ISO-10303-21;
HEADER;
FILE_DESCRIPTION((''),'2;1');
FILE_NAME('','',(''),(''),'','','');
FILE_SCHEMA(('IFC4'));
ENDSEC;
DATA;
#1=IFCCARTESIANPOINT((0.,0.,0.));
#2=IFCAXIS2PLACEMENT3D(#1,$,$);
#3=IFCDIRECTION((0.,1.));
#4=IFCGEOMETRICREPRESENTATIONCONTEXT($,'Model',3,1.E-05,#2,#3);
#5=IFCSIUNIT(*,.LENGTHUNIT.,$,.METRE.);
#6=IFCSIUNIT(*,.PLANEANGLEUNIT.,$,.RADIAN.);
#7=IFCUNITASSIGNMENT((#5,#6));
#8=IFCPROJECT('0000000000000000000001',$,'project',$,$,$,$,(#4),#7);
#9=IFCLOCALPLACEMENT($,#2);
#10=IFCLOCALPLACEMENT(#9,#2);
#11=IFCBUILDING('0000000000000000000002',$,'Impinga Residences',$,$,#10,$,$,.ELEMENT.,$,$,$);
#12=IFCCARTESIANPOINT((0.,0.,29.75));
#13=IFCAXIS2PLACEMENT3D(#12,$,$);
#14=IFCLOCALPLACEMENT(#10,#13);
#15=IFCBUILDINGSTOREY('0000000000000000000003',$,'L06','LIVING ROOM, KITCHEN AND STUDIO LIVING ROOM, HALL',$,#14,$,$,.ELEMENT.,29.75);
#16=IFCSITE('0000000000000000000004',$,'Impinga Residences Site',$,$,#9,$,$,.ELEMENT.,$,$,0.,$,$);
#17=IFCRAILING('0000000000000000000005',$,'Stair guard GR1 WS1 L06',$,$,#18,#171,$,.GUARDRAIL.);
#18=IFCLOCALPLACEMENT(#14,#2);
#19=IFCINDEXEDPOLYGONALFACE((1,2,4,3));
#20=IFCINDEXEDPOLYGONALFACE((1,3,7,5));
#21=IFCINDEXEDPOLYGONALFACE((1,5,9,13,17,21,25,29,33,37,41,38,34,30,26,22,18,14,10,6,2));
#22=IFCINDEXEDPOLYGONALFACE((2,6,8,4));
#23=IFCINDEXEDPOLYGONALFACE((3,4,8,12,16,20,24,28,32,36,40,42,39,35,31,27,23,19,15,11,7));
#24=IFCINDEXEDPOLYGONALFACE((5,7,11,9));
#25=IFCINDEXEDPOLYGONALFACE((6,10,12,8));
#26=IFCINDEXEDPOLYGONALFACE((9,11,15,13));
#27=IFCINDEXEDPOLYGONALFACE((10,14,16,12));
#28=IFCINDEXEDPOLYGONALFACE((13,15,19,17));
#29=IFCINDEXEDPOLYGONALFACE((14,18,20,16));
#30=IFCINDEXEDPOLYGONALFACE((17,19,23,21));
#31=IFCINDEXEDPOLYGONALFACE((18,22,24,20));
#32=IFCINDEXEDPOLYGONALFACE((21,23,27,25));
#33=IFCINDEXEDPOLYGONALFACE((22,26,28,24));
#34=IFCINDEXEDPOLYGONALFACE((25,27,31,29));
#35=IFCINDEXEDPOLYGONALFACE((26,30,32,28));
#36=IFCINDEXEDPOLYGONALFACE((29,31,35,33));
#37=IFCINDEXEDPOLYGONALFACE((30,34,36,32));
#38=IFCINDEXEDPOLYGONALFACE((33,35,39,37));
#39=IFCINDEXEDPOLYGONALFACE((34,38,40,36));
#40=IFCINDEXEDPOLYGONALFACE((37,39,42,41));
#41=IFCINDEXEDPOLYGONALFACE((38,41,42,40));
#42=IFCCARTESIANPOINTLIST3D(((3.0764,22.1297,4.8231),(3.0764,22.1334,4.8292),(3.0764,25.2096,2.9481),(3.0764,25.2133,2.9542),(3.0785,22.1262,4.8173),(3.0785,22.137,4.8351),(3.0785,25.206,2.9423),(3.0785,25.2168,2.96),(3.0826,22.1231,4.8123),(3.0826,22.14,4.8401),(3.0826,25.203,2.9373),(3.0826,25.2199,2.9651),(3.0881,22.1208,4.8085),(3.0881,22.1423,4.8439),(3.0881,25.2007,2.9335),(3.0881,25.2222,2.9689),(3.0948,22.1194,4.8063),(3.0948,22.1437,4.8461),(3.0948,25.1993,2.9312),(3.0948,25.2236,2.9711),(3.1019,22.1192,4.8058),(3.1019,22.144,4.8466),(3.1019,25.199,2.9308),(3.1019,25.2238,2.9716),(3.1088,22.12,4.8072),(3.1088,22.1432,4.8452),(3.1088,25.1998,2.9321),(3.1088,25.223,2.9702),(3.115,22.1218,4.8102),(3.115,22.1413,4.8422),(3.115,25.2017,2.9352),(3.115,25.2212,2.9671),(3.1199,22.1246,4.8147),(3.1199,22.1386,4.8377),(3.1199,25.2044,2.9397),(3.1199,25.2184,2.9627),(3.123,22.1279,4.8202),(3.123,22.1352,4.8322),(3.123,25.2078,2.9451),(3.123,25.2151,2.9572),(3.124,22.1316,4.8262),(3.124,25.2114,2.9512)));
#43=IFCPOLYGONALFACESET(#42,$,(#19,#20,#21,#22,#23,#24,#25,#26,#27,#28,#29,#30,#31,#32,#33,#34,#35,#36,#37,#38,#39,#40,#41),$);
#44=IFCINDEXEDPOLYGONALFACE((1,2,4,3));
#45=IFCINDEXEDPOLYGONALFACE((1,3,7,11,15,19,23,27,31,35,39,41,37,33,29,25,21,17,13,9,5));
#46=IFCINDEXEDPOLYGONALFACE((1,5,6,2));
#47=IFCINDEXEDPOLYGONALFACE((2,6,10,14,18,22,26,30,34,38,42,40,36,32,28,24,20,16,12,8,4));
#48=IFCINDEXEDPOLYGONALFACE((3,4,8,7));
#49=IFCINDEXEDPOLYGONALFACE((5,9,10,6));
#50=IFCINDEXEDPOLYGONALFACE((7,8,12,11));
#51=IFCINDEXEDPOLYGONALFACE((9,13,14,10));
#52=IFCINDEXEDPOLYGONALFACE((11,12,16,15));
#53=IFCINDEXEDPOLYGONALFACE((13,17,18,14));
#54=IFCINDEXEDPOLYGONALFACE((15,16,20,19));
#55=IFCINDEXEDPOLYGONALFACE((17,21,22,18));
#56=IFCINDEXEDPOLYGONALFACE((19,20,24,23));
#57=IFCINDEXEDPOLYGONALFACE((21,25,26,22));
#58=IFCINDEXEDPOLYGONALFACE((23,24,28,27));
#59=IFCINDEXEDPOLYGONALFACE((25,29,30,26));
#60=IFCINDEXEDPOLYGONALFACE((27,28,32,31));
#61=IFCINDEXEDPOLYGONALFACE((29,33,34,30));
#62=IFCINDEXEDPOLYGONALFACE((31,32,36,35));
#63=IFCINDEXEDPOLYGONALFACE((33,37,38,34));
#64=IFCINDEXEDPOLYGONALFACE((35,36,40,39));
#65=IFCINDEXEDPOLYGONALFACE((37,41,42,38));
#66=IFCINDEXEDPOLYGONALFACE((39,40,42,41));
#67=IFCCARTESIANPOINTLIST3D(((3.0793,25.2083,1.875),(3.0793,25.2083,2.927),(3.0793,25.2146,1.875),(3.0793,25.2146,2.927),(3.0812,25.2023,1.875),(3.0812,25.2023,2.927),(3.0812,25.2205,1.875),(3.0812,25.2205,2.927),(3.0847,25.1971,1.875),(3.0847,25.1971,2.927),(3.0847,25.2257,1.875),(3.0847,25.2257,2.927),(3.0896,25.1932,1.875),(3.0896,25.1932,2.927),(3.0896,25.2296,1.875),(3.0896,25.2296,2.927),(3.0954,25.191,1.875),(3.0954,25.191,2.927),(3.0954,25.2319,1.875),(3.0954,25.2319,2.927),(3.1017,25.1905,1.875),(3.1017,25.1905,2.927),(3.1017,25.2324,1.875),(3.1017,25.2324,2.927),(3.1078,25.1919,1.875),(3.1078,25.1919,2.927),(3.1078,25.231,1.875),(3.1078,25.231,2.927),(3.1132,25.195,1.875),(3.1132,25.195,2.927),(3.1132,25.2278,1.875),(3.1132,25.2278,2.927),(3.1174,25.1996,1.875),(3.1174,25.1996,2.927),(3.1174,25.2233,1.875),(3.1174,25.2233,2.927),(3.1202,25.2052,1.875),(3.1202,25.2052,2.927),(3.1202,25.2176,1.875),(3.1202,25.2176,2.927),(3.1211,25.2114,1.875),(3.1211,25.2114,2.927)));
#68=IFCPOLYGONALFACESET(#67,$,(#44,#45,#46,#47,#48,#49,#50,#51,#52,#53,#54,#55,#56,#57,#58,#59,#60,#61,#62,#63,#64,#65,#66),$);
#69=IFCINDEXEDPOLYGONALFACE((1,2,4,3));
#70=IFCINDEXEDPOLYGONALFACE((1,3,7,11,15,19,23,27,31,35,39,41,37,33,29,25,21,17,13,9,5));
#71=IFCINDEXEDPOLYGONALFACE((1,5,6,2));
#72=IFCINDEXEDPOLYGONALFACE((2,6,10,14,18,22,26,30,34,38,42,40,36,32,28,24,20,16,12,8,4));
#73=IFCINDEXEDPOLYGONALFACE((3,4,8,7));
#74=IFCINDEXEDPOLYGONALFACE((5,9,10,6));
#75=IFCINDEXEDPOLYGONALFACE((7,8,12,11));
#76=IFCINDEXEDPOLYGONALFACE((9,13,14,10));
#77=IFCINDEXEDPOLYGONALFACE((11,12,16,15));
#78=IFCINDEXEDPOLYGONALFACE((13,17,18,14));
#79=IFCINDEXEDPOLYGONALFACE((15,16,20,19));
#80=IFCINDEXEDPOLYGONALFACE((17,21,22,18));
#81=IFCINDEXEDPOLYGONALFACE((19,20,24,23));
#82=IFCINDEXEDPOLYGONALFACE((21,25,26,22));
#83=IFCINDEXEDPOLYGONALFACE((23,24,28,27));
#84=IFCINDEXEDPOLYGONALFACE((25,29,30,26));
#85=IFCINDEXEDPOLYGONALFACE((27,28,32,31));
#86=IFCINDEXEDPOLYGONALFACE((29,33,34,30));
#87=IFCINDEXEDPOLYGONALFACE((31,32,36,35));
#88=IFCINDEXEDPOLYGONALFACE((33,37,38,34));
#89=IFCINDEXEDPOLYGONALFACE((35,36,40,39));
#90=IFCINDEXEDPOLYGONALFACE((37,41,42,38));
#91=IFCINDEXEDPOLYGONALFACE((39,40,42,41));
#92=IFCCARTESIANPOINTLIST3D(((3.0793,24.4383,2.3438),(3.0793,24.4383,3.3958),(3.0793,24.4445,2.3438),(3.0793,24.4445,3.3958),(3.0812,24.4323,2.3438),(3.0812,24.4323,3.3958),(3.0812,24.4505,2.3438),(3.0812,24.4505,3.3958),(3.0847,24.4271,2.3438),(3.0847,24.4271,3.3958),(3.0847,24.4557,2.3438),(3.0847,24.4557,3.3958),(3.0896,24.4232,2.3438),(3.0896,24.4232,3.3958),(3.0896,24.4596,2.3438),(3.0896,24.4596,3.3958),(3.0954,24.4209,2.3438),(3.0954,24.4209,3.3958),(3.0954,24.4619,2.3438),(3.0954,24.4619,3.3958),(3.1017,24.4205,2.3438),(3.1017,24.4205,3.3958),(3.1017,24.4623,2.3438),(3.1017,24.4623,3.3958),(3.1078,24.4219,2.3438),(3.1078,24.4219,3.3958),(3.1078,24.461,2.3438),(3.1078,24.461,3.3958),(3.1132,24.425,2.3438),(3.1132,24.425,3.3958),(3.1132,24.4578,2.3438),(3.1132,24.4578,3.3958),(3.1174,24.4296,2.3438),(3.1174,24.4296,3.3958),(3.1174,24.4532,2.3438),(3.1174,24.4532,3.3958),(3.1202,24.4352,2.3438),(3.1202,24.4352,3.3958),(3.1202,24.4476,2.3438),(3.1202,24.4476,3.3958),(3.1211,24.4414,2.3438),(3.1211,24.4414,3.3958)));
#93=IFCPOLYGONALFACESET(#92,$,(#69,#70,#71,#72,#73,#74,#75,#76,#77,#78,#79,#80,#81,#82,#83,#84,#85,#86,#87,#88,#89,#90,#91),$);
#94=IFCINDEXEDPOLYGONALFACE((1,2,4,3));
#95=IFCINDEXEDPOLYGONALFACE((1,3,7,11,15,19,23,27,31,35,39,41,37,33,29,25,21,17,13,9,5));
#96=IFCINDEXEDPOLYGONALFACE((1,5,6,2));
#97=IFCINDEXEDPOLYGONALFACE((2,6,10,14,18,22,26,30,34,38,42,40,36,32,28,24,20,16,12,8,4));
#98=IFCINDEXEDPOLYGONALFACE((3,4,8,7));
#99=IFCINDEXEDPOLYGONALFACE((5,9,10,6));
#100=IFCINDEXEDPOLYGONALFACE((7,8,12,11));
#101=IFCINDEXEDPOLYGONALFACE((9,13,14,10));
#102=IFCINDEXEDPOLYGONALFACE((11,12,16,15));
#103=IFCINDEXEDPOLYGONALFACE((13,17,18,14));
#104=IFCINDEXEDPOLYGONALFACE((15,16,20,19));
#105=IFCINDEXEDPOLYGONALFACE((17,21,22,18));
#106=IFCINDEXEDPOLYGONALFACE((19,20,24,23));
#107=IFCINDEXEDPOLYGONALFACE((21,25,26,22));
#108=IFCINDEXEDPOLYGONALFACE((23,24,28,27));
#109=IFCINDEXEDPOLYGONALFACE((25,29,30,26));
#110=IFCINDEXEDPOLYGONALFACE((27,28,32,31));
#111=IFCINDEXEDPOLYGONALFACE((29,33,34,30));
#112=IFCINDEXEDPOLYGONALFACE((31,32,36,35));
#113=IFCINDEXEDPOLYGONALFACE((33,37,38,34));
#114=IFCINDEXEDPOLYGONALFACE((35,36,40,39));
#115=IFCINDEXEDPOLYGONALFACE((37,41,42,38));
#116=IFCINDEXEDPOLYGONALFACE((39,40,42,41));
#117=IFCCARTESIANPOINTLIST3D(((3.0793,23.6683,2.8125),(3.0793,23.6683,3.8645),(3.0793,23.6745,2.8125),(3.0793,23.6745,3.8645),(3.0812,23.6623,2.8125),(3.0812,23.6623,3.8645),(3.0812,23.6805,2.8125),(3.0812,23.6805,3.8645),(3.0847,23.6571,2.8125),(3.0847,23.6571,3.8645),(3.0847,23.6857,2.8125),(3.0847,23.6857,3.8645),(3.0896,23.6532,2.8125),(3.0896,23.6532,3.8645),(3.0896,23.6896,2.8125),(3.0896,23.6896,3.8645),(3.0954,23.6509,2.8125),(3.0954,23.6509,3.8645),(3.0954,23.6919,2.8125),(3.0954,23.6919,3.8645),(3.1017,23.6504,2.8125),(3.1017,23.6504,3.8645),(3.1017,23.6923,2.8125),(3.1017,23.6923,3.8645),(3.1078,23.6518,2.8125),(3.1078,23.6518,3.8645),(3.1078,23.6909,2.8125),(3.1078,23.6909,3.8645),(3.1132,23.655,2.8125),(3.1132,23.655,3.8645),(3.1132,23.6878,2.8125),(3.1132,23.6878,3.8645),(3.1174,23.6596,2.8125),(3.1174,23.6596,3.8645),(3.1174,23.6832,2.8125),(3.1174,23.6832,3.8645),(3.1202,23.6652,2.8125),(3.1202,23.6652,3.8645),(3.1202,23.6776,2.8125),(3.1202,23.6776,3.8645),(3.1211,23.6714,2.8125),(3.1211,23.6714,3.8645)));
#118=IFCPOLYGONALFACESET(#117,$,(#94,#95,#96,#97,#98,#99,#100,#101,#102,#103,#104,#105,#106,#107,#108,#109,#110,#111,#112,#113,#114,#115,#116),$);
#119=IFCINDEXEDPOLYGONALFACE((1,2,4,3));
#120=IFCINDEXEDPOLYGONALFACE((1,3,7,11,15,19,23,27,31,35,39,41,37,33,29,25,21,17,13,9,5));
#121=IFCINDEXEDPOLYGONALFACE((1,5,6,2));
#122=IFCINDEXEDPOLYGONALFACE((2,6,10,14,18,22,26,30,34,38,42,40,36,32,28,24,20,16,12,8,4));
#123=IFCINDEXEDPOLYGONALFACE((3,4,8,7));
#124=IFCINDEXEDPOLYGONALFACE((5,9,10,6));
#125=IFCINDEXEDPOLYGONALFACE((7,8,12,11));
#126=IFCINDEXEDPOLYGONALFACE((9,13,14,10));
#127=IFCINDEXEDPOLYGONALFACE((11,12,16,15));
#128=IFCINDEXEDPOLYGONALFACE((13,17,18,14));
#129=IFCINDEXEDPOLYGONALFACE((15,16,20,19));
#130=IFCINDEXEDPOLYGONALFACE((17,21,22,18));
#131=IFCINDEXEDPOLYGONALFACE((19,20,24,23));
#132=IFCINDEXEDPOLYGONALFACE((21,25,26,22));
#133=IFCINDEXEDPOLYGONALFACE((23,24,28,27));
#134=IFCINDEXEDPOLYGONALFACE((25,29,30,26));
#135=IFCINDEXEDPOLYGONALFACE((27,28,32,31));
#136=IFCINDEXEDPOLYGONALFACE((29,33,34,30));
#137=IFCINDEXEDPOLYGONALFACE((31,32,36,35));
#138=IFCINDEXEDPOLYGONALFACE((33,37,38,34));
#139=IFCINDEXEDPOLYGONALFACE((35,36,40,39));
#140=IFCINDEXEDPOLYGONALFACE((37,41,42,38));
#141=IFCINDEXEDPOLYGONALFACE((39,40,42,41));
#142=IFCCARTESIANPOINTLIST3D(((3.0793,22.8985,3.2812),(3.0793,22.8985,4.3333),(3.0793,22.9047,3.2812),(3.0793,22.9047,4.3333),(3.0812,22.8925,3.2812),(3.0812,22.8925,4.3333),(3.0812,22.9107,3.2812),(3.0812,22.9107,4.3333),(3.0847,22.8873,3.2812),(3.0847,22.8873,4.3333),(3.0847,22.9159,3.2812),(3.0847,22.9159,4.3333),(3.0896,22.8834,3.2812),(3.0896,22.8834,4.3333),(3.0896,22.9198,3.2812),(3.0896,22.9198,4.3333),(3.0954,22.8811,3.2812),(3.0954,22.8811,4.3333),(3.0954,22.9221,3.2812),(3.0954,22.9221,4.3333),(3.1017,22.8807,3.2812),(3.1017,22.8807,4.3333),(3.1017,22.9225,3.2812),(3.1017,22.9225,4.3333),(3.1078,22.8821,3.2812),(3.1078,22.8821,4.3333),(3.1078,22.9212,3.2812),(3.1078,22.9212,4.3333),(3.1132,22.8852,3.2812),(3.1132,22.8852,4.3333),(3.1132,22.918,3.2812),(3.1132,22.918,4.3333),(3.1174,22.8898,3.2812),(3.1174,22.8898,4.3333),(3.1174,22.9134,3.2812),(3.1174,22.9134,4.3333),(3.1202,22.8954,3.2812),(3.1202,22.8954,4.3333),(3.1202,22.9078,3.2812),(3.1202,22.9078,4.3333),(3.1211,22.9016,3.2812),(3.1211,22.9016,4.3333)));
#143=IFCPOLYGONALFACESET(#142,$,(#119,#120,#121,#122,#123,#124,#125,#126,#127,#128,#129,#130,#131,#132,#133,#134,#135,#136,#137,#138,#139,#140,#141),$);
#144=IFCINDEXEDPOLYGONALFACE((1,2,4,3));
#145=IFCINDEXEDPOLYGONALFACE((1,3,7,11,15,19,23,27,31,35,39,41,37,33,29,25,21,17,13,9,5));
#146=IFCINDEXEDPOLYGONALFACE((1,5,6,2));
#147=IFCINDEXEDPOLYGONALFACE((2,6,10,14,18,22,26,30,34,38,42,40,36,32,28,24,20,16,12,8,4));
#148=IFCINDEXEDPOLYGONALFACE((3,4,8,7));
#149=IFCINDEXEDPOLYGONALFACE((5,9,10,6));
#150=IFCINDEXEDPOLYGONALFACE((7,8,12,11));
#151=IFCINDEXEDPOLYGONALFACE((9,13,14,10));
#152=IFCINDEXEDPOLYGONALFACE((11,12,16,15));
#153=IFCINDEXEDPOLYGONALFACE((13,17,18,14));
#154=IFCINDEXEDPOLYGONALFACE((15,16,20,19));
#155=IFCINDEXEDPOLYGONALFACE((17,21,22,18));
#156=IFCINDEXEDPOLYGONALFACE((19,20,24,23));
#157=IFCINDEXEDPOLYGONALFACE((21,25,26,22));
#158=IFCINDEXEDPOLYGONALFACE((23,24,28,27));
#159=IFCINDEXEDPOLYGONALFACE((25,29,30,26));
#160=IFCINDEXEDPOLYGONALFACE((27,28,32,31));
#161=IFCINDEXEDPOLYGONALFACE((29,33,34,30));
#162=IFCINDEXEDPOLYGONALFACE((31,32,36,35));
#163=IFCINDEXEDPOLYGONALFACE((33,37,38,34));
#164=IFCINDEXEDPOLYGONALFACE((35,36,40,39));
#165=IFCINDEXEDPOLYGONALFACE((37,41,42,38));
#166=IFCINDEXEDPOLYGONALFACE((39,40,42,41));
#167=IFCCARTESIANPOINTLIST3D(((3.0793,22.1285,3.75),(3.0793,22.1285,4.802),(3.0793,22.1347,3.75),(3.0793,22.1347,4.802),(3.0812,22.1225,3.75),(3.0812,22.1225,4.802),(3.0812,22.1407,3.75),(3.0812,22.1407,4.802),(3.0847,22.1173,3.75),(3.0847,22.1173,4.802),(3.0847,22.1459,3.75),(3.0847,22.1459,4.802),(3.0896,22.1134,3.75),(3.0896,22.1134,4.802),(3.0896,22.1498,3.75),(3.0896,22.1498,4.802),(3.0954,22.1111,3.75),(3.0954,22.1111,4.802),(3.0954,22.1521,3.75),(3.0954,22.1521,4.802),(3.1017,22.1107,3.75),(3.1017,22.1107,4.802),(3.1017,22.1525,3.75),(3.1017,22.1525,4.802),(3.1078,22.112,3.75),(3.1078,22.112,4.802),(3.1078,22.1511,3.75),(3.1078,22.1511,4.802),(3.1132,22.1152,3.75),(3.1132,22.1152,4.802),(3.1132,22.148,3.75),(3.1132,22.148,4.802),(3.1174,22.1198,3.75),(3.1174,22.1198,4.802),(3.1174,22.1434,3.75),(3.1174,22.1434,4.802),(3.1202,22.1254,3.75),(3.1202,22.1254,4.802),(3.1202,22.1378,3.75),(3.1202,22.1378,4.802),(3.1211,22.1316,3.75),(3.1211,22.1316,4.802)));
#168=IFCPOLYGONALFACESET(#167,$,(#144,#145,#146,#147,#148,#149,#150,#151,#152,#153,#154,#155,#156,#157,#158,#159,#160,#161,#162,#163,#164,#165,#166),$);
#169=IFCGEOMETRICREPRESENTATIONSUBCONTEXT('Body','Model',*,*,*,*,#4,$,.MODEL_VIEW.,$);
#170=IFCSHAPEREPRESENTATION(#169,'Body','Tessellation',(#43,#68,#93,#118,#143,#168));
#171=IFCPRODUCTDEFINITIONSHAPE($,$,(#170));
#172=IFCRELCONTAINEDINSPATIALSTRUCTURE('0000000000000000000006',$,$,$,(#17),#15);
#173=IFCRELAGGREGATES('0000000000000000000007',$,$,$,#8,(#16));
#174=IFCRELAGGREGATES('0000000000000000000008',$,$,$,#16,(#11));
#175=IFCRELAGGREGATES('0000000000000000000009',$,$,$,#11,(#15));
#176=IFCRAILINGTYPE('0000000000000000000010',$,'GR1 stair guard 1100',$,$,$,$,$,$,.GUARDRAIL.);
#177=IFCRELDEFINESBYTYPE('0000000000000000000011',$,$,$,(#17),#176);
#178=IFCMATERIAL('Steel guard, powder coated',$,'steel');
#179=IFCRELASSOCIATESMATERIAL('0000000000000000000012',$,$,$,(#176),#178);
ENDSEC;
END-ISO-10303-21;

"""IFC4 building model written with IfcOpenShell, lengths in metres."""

from ifc_helpers import new_model, si_unit, direction, frame, origin, origin_2d, place, context, subcontext, project, spatial, circle, extrude, material, type_object, element, save


model = new_model("IFC4")

# Units and contexts
model_context = context("Model", 3, precision=1e-05, world=origin(), true_north=direction((0.0, 1.0)))
body_context = subcontext(model_context, "Body", "Model", "MODEL_VIEW")
ifc_project = project(units=[si_unit("LENGTHUNIT", "METRE"), si_unit("PLANEANGLEUNIT", "RADIAN")], contexts=[model_context])

# Site, building, storey
site_placement = place(None, origin())
site = spatial("IfcSite", under=ifc_project, at=site_placement, Name="Impinga Residences Site", CompositionType="ELEMENT", RefElevation=0.0)
building_placement = place(site_placement, origin())
building = spatial("IfcBuilding", under=site, at=building_placement, Name="Impinga Residences", CompositionType="ELEMENT")
storey_placement = place(building_placement, frame((0.0, 0.0, 29.75)))
storey = spatial("IfcBuildingStorey", under=building, at=storey_placement, Name="L06", Description="LIVING ROOM, KITCHEN AND STUDIO LIVING ROOM, HALL", CompositionType="ELEMENT", Elevation=29.75)

# Railing
ifc_material_1 = material(Name="Steel guard, powder coated", Category="steel")
railing_type_1 = type_object("IfcRailingType", Name="GR1 stair guard 1100", PredefinedType="GUARDRAIL", material=ifc_material_1)
railing_1_placement = place(storey_placement, frame((3.1001, 25.2114, 1.875)))
element("IfcRailing", 1, at=railing_1_placement, inside=storey, type_object=railing_type_1, Name="Stair guard GR1 WS1 L06", PredefinedType="GUARDRAIL", context=body_context, shape_type="SweptSolid", body=[
    extrude(circle(Radius=0.0239, at=origin_2d()), frame((0.0, 0.0, 1.0762), z_axis=(0.0, -0.854159, 0.520011), x_axis=(1.0, 0.0, 0.0)), (0.0, 0.0, 1.0), 3.6057),
    extrude(circle(Radius=0.021, at=origin_2d()), origin(), (0.0, 0.0, 1.0), 1.052),
    extrude(circle(Radius=0.021, at=origin_2d()), frame((0.0, -0.77, 0.4688)), (0.0, 0.0, 1.0), 1.052),
    extrude(circle(Radius=0.021, at=origin_2d()), frame((0.0, -1.54, 0.9375)), (0.0, 0.0, 1.0), 1.052),
    extrude(circle(Radius=0.021, at=origin_2d()), frame((0.0, -2.3098, 1.4062)), (0.0, 0.0, 1.0), 1.052),
    extrude(circle(Radius=0.021, at=origin_2d()), frame((0.0, -3.0798, 1.875)), (0.0, 0.0, 1.0), 1.052),
])

save(model, "model.ifc")
